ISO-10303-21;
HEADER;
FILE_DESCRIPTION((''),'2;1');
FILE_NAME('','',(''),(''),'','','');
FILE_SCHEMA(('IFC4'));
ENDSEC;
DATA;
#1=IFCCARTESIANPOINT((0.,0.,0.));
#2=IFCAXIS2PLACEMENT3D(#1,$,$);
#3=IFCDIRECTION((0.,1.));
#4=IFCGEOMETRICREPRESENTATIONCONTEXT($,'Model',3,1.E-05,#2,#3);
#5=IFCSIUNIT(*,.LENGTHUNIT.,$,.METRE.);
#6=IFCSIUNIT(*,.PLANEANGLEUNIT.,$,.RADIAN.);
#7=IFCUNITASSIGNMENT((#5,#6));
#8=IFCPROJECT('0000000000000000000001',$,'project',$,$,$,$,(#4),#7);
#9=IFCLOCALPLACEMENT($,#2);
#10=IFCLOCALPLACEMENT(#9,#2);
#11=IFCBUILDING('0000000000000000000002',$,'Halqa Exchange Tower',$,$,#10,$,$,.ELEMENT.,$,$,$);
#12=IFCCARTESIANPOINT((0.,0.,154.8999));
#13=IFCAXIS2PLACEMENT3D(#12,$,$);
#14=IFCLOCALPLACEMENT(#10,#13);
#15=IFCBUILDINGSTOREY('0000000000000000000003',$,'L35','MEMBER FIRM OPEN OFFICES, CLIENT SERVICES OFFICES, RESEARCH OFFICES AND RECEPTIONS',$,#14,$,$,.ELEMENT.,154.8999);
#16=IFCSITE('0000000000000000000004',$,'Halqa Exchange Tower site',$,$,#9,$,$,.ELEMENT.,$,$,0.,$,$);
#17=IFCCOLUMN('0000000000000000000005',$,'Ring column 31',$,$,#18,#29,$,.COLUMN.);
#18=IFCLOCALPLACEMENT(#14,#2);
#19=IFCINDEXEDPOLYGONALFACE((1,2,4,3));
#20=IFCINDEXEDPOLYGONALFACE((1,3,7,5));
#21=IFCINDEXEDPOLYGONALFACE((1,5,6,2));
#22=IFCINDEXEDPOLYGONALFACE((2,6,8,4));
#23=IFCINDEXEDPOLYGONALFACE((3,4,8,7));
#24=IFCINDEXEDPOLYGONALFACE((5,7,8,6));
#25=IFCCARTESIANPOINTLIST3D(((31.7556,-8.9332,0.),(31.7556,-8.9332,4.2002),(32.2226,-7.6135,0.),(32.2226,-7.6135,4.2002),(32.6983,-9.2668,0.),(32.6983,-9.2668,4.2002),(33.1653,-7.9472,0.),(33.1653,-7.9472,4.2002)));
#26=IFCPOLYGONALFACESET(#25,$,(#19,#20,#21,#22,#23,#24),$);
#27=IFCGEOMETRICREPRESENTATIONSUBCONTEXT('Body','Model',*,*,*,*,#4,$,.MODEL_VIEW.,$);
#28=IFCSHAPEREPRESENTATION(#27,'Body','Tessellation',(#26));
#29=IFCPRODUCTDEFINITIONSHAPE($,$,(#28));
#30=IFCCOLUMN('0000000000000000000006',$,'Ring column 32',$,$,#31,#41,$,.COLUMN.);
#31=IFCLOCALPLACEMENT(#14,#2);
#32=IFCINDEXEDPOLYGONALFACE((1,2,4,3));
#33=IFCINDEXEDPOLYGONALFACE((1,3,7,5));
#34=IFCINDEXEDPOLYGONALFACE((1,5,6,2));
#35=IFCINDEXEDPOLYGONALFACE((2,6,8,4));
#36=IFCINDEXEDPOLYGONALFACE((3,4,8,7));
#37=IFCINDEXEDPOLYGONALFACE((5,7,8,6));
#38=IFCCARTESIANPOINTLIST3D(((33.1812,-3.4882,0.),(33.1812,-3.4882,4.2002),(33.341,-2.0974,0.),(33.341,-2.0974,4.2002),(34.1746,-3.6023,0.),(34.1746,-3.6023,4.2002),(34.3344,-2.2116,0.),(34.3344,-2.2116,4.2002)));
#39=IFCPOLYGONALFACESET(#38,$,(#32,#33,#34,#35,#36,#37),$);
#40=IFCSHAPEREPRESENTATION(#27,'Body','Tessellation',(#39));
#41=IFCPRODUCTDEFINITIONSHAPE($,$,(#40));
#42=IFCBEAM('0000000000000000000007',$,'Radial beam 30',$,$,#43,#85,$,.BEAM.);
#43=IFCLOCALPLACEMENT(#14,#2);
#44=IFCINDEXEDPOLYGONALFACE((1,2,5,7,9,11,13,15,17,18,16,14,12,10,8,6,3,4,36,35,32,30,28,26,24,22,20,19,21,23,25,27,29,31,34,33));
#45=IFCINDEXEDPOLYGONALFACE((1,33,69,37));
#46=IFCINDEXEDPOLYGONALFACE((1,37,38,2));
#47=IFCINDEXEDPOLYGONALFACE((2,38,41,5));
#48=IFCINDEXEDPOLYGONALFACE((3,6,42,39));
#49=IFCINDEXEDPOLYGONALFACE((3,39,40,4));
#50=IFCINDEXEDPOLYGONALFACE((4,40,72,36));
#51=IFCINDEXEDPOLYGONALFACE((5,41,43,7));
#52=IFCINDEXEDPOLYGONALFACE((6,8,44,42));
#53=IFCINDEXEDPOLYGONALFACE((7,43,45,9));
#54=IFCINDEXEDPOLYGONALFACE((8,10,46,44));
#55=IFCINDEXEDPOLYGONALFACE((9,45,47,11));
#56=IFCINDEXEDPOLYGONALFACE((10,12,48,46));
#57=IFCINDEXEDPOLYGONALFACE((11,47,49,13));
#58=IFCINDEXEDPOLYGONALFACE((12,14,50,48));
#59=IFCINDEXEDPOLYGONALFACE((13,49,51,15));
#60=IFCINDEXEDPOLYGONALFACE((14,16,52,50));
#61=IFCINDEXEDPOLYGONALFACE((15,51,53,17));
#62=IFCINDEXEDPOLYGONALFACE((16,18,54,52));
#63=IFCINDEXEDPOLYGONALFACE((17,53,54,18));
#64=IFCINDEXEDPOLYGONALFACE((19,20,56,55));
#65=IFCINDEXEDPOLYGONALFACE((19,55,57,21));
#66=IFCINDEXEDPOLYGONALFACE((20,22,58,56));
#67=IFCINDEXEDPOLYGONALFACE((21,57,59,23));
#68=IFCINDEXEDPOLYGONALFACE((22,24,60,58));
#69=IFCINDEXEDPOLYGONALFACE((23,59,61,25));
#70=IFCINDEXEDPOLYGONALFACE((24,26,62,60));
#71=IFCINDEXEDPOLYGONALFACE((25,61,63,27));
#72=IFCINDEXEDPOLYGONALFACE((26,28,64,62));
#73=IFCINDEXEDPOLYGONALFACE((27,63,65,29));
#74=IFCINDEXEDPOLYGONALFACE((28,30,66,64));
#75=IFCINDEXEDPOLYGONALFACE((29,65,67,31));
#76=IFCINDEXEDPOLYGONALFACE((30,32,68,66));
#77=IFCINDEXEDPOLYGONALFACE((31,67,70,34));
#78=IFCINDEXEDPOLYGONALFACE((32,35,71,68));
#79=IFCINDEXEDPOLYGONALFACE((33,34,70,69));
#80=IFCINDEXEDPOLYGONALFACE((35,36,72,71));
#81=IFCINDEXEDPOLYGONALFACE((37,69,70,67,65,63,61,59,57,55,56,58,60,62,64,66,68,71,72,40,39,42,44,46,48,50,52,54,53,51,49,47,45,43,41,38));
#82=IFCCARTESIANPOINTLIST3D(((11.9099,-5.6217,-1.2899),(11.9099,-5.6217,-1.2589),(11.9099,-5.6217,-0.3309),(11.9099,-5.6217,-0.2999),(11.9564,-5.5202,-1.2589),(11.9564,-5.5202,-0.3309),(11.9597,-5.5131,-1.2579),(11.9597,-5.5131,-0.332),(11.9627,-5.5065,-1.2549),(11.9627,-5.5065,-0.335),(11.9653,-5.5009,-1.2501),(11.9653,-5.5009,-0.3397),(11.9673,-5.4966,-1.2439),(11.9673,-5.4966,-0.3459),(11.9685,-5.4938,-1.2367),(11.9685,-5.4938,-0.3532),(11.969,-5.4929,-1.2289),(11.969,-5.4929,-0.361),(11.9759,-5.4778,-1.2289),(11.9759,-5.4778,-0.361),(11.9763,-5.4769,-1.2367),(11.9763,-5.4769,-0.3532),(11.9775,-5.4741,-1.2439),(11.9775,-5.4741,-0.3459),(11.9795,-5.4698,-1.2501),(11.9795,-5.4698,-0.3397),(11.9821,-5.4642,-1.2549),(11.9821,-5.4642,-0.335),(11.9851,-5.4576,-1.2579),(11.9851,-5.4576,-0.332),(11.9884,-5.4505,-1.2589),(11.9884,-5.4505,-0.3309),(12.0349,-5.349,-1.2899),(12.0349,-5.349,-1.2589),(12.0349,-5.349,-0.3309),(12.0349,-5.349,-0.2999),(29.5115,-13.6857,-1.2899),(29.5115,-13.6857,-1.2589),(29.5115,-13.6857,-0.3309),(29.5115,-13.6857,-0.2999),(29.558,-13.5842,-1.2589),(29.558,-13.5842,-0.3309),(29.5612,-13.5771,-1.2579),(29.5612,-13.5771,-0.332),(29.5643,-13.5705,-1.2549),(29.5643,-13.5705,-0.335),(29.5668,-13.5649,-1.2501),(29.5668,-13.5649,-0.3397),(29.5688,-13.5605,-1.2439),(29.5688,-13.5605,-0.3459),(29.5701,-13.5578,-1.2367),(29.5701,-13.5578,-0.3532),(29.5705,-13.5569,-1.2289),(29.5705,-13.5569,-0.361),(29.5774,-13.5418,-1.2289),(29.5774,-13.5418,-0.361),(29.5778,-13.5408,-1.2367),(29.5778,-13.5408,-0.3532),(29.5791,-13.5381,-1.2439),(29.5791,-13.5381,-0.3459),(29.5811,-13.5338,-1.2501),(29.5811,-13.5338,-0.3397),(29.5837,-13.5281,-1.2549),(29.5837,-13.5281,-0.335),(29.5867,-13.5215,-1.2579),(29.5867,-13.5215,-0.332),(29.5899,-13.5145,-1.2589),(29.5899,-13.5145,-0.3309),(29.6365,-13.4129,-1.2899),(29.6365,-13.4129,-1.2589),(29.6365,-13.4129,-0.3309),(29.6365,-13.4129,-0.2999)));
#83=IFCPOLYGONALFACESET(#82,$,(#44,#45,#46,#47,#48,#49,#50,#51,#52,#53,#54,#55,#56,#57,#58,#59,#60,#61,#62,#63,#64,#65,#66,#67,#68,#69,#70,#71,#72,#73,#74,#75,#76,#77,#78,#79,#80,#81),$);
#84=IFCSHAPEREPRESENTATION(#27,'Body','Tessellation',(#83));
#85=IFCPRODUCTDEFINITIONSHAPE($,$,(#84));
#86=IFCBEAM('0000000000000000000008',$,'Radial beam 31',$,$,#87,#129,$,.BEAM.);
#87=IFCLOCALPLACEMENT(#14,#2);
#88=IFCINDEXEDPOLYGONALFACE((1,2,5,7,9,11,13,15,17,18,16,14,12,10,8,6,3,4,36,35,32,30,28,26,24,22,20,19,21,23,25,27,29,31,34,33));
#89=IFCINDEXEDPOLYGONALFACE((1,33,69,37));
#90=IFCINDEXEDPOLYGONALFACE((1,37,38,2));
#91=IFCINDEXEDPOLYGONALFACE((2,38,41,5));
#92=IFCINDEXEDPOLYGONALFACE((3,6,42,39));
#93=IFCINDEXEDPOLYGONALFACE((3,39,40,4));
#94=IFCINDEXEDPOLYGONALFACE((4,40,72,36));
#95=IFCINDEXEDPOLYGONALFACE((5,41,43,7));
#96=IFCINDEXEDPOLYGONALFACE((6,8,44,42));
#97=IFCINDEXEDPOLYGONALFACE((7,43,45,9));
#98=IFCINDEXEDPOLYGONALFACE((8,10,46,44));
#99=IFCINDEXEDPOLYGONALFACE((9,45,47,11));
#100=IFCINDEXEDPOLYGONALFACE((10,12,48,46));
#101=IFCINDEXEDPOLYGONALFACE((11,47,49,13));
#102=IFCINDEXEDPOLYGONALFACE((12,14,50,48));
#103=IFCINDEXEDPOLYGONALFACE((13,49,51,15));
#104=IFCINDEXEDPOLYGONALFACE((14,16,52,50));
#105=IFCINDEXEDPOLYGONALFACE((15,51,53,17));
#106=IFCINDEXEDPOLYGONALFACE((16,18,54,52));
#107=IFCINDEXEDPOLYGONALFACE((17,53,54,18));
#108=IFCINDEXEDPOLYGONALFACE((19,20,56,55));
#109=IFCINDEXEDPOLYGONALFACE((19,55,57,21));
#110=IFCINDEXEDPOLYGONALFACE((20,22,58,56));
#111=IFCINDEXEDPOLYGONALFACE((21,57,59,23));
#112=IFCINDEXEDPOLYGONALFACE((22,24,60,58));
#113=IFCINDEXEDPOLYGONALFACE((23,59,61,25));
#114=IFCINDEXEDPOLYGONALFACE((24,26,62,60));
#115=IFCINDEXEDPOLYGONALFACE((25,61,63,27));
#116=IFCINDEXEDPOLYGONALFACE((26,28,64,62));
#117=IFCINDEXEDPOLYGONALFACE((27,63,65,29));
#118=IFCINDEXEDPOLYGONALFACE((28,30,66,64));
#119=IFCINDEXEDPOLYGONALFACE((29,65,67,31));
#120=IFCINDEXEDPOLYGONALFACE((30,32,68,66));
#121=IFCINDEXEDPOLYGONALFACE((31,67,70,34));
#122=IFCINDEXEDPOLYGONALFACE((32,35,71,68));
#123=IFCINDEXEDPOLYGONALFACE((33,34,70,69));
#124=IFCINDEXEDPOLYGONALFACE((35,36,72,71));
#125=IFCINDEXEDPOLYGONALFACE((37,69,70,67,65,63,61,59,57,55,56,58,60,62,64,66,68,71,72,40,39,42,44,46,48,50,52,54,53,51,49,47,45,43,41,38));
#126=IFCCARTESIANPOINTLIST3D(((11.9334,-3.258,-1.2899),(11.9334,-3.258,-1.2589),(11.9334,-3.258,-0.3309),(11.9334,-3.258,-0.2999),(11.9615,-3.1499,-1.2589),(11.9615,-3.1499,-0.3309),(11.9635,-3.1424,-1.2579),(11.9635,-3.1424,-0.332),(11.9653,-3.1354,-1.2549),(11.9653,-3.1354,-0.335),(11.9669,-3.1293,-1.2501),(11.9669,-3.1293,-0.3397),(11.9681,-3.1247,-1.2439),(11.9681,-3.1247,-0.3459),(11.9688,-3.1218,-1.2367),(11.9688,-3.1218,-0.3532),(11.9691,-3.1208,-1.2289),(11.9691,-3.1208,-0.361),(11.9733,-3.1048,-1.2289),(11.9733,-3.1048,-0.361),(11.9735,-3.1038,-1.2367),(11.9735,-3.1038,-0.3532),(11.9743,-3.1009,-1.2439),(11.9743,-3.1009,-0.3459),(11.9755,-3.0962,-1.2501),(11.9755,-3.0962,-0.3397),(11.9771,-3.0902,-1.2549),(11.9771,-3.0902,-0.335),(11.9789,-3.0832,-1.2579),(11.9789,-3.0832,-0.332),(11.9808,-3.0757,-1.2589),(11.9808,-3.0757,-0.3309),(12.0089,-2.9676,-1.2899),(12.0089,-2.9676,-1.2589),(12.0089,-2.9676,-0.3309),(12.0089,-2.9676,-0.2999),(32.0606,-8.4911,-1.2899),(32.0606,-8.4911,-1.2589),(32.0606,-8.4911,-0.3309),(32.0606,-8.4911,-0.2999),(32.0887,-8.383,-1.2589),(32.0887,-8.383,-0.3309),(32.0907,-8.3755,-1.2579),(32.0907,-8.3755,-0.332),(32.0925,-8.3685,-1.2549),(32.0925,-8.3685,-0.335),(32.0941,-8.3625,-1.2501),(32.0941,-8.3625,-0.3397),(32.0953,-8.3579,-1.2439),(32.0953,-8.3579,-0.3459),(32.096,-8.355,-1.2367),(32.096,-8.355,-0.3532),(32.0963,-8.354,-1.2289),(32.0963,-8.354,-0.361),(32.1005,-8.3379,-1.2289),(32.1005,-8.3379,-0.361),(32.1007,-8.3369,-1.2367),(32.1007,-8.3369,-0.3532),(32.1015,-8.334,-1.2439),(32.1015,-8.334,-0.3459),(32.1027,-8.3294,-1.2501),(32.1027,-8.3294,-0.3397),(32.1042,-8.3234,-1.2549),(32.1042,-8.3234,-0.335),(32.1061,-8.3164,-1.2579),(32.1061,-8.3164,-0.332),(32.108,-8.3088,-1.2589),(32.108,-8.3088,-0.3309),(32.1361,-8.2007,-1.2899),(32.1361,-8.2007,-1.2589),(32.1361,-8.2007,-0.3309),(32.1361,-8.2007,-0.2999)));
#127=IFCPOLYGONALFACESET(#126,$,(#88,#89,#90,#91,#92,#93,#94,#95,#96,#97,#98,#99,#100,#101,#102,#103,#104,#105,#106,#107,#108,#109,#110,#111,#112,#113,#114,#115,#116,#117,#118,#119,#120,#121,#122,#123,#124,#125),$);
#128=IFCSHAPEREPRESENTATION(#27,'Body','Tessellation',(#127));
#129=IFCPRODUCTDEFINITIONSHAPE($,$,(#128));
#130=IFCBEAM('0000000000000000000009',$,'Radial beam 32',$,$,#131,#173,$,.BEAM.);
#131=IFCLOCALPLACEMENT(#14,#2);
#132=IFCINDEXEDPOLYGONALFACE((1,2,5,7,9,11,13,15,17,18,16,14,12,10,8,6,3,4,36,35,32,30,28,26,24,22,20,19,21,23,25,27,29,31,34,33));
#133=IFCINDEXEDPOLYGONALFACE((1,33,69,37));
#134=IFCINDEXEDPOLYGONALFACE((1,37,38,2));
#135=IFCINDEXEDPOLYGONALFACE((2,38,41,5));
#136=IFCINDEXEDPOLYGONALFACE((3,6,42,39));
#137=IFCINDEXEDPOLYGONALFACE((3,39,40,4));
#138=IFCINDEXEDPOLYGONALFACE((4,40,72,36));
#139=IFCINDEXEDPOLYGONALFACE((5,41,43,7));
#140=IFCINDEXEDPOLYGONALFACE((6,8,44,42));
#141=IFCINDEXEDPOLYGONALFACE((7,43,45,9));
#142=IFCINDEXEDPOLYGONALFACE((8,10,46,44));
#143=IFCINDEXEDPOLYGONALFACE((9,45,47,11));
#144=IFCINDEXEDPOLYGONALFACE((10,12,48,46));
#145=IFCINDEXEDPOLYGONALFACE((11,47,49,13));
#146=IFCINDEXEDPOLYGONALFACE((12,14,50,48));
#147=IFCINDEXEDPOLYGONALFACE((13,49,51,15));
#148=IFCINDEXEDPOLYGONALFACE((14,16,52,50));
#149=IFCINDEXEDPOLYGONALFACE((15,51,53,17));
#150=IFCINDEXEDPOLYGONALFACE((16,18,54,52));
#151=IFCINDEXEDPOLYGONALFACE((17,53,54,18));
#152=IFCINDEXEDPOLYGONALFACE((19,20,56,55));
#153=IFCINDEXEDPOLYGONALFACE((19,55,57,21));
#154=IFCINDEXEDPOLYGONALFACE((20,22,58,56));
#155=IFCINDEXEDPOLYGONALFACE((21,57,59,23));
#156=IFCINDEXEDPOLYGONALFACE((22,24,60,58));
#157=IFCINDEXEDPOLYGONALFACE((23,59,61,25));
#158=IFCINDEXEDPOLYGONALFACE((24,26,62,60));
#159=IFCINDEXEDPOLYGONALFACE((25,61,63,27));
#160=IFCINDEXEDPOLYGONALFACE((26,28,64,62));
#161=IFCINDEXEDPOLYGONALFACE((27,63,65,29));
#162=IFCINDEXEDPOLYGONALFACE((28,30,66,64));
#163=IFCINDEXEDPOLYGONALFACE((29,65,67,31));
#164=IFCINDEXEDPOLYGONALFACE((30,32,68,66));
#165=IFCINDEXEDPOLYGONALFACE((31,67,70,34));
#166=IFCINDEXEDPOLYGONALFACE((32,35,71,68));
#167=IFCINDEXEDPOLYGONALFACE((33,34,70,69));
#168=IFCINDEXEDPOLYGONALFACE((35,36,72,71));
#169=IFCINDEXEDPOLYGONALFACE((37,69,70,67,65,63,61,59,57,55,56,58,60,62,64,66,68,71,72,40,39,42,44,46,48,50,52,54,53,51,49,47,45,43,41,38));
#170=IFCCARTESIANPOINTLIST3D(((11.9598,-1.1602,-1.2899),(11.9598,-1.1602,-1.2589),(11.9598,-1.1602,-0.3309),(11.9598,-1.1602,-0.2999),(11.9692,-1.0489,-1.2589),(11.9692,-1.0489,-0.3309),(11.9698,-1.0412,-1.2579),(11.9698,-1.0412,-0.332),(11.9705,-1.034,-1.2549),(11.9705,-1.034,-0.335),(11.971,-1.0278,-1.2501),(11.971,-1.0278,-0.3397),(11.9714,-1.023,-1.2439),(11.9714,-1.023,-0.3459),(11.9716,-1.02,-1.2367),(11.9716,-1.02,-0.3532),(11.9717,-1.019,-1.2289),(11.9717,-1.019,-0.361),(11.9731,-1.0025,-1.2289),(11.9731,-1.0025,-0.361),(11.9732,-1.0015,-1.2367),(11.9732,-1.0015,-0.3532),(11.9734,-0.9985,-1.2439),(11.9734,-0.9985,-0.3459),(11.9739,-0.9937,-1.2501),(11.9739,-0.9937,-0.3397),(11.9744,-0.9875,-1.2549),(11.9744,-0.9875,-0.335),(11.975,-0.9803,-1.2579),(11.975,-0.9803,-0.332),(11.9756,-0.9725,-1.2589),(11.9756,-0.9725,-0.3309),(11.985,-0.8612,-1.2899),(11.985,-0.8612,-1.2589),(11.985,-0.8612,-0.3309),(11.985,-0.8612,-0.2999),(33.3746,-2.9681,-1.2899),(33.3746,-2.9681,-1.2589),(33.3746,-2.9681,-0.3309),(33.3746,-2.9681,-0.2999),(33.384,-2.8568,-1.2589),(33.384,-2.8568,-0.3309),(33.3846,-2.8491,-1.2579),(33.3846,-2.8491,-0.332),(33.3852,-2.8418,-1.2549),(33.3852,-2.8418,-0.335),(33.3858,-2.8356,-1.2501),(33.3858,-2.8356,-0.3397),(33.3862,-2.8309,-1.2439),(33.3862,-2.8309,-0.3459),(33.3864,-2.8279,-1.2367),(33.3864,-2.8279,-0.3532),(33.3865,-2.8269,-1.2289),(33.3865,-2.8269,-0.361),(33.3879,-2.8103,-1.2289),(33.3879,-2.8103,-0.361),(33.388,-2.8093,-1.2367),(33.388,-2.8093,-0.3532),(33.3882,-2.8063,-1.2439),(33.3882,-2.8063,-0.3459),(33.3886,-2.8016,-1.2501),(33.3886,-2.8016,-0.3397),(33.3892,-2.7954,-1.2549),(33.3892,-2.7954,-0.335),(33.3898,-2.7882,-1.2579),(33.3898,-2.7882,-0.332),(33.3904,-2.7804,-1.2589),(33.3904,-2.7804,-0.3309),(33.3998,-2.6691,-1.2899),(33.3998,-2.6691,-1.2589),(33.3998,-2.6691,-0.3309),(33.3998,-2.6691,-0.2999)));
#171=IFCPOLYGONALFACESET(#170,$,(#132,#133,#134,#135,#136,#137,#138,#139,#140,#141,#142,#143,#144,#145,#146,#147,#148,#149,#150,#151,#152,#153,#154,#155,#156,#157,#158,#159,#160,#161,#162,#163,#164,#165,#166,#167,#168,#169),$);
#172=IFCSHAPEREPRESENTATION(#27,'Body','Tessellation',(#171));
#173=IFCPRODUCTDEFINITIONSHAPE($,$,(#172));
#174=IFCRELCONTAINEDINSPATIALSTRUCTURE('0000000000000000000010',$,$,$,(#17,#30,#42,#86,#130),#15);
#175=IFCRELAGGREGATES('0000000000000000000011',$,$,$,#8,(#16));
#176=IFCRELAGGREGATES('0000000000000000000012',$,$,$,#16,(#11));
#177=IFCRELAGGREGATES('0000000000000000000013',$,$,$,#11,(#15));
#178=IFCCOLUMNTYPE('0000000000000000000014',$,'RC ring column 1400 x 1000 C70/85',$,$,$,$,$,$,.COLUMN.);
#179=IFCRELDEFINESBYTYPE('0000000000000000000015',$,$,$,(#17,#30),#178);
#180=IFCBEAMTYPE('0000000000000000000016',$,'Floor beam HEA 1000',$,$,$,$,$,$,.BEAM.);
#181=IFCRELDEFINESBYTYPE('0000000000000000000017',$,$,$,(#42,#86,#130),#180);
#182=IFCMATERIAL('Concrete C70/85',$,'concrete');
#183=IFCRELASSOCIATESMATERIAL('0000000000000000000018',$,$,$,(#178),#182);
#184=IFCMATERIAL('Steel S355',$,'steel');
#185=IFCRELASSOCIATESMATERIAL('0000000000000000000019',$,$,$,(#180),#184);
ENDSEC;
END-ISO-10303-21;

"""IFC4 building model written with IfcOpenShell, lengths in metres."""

from ifc_helpers import new_model, si_unit, direction, frame, origin, origin_2d, place, context, subcontext, project, spatial, rectangle, i_section, extrude, material, material_profile, profile_set, type_object, element, save


model = new_model("IFC4")

# Units and contexts
model_context = context("Model", 3, precision=1e-05, world=origin(), true_north=direction((0.0, 1.0)))
body_context = subcontext(model_context, "Body", "Model", "MODEL_VIEW")
ifc_project = project(units=[si_unit("LENGTHUNIT", "METRE"), si_unit("PLANEANGLEUNIT", "RADIAN")], contexts=[model_context])

# Site, building, storey
site_placement = place(None, origin())
site = spatial("IfcSite", under=ifc_project, at=site_placement, Name="Halqa Exchange Tower site", CompositionType="ELEMENT", RefElevation=0.0)
building_placement = place(site_placement, origin())
building = spatial("IfcBuilding", under=site, at=building_placement, Name="Halqa Exchange Tower", CompositionType="ELEMENT")
storey_placement = place(building_placement, frame((0.0, 0.0, 154.8999)))
storey = spatial("IfcBuildingStorey", under=building, at=storey_placement, Name="L35", Description="MEMBER FIRM OPEN OFFICES, CLIENT SERVICES OFFICES, RESEARCH OFFICES AND RECEPTIONS", CompositionType="ELEMENT", Elevation=154.8999)

# Columns
ifc_material_1 = material(Name="Concrete C70/85", Category="concrete")
ifc_material_profile_1 = material_profile(ifc_material_1, rectangle(XDim=1.3999, YDim=1.0, at=origin_2d()), Name="1400 x 1000")
ifc_profile_set_1 = profile_set([ifc_material_profile_1], Name="Concrete C70/85")
column_type = type_object("IfcColumnType", Name="RC ring column 1400 x 1000 C70/85", PredefinedType="COLUMN", material=ifc_profile_set_1)
for number, where, z_axis, x_axis, name in (
    (1, (32.4604, -8.4402, 0.0), (0.0, 0.0, 1.0), (0.333634, 0.942703, 0.0), "Ring column 31"),
    (2, (33.7578, -2.8499, 0.0), (0.0, 0.0, 1.0), (0.114155, 0.993463, 0.0), "Ring column 32"),
):
    element("IfcColumn", number, at=place(storey_placement, frame(where, z_axis=z_axis, x_axis=x_axis)), inside=storey, type_object=column_type, Name=name, PredefinedType="COLUMN", context=body_context, shape_type="SweptSolid", body=[
        extrude(rectangle(XDim=1.3999, YDim=1.0, at=origin_2d()), origin(), (0.0, 0.0, 1.0), 4.2002),
    ])

# Beams
ifc_material_2 = material(Name="Steel S355", Category="steel")
ifc_material_profile_2 = material_profile(ifc_material_2, i_section(OverallWidth=0.3, OverallDepth=0.99, WebThickness=0.0166, FlangeThickness=0.031, FilletRadius=0.03, at=origin_2d()), Name="HEA 1000")
ifc_profile_set_2 = profile_set([ifc_material_profile_2], Name="Steel S355")
beam_type_1 = type_object("IfcBeamType", Name="Floor beam HEA 1000", PredefinedType="BEAM", material=ifc_profile_set_2)
beam_1_placement = place(storey_placement, frame((11.9724, -5.4854, -0.7949), z_axis=(0.909132, -0.416509, 0.0), x_axis=(0.416509, 0.909132, 0.0)))
element("IfcBeam", 3, at=beam_1_placement, inside=storey, type_object=beam_type_1, Name="Radial beam 30", PredefinedType="BEAM", context=body_context, shape_type="SweptSolid", body=[
    extrude(i_section(OverallWidth=0.3, OverallDepth=0.99, WebThickness=0.0166, FlangeThickness=0.031, FilletRadius=0.03, at=origin_2d()), origin(), (0.0, 0.0, 1.0), 19.3608),
])
beam_2_placement = place(storey_placement, frame((11.9712, -3.1128, -0.7949), z_axis=(0.967822, -0.251638, 0.0), x_axis=(0.251638, 0.967822, 0.0)))
element("IfcBeam", 4, at=beam_2_placement, inside=storey, type_object=beam_type_1, Name="Radial beam 31", PredefinedType="BEAM", context=body_context, shape_type="SweptSolid", body=[
    extrude(i_section(OverallWidth=0.3, OverallDepth=0.99, WebThickness=0.0166, FlangeThickness=0.031, FilletRadius=0.03, at=origin_2d()), origin(), (0.0, 0.0, 1.0), 20.7964),
])
beam_3_placement = place(storey_placement, frame((11.9724, -1.0107, -0.7949), z_axis=(0.996455, -0.084122, 0.0), x_axis=(0.084122, 0.996455, 0.0)))
element("IfcBeam", 5, at=beam_3_placement, inside=storey, type_object=beam_type_1, Name="Radial beam 32", PredefinedType="BEAM", context=body_context, shape_type="SweptSolid", body=[
    extrude(i_section(OverallWidth=0.3, OverallDepth=0.99, WebThickness=0.0166, FlangeThickness=0.031, FilletRadius=0.03, at=origin_2d()), origin(), (0.0, 0.0, 1.0), 21.491),
])

save(model, "model.ifc")
